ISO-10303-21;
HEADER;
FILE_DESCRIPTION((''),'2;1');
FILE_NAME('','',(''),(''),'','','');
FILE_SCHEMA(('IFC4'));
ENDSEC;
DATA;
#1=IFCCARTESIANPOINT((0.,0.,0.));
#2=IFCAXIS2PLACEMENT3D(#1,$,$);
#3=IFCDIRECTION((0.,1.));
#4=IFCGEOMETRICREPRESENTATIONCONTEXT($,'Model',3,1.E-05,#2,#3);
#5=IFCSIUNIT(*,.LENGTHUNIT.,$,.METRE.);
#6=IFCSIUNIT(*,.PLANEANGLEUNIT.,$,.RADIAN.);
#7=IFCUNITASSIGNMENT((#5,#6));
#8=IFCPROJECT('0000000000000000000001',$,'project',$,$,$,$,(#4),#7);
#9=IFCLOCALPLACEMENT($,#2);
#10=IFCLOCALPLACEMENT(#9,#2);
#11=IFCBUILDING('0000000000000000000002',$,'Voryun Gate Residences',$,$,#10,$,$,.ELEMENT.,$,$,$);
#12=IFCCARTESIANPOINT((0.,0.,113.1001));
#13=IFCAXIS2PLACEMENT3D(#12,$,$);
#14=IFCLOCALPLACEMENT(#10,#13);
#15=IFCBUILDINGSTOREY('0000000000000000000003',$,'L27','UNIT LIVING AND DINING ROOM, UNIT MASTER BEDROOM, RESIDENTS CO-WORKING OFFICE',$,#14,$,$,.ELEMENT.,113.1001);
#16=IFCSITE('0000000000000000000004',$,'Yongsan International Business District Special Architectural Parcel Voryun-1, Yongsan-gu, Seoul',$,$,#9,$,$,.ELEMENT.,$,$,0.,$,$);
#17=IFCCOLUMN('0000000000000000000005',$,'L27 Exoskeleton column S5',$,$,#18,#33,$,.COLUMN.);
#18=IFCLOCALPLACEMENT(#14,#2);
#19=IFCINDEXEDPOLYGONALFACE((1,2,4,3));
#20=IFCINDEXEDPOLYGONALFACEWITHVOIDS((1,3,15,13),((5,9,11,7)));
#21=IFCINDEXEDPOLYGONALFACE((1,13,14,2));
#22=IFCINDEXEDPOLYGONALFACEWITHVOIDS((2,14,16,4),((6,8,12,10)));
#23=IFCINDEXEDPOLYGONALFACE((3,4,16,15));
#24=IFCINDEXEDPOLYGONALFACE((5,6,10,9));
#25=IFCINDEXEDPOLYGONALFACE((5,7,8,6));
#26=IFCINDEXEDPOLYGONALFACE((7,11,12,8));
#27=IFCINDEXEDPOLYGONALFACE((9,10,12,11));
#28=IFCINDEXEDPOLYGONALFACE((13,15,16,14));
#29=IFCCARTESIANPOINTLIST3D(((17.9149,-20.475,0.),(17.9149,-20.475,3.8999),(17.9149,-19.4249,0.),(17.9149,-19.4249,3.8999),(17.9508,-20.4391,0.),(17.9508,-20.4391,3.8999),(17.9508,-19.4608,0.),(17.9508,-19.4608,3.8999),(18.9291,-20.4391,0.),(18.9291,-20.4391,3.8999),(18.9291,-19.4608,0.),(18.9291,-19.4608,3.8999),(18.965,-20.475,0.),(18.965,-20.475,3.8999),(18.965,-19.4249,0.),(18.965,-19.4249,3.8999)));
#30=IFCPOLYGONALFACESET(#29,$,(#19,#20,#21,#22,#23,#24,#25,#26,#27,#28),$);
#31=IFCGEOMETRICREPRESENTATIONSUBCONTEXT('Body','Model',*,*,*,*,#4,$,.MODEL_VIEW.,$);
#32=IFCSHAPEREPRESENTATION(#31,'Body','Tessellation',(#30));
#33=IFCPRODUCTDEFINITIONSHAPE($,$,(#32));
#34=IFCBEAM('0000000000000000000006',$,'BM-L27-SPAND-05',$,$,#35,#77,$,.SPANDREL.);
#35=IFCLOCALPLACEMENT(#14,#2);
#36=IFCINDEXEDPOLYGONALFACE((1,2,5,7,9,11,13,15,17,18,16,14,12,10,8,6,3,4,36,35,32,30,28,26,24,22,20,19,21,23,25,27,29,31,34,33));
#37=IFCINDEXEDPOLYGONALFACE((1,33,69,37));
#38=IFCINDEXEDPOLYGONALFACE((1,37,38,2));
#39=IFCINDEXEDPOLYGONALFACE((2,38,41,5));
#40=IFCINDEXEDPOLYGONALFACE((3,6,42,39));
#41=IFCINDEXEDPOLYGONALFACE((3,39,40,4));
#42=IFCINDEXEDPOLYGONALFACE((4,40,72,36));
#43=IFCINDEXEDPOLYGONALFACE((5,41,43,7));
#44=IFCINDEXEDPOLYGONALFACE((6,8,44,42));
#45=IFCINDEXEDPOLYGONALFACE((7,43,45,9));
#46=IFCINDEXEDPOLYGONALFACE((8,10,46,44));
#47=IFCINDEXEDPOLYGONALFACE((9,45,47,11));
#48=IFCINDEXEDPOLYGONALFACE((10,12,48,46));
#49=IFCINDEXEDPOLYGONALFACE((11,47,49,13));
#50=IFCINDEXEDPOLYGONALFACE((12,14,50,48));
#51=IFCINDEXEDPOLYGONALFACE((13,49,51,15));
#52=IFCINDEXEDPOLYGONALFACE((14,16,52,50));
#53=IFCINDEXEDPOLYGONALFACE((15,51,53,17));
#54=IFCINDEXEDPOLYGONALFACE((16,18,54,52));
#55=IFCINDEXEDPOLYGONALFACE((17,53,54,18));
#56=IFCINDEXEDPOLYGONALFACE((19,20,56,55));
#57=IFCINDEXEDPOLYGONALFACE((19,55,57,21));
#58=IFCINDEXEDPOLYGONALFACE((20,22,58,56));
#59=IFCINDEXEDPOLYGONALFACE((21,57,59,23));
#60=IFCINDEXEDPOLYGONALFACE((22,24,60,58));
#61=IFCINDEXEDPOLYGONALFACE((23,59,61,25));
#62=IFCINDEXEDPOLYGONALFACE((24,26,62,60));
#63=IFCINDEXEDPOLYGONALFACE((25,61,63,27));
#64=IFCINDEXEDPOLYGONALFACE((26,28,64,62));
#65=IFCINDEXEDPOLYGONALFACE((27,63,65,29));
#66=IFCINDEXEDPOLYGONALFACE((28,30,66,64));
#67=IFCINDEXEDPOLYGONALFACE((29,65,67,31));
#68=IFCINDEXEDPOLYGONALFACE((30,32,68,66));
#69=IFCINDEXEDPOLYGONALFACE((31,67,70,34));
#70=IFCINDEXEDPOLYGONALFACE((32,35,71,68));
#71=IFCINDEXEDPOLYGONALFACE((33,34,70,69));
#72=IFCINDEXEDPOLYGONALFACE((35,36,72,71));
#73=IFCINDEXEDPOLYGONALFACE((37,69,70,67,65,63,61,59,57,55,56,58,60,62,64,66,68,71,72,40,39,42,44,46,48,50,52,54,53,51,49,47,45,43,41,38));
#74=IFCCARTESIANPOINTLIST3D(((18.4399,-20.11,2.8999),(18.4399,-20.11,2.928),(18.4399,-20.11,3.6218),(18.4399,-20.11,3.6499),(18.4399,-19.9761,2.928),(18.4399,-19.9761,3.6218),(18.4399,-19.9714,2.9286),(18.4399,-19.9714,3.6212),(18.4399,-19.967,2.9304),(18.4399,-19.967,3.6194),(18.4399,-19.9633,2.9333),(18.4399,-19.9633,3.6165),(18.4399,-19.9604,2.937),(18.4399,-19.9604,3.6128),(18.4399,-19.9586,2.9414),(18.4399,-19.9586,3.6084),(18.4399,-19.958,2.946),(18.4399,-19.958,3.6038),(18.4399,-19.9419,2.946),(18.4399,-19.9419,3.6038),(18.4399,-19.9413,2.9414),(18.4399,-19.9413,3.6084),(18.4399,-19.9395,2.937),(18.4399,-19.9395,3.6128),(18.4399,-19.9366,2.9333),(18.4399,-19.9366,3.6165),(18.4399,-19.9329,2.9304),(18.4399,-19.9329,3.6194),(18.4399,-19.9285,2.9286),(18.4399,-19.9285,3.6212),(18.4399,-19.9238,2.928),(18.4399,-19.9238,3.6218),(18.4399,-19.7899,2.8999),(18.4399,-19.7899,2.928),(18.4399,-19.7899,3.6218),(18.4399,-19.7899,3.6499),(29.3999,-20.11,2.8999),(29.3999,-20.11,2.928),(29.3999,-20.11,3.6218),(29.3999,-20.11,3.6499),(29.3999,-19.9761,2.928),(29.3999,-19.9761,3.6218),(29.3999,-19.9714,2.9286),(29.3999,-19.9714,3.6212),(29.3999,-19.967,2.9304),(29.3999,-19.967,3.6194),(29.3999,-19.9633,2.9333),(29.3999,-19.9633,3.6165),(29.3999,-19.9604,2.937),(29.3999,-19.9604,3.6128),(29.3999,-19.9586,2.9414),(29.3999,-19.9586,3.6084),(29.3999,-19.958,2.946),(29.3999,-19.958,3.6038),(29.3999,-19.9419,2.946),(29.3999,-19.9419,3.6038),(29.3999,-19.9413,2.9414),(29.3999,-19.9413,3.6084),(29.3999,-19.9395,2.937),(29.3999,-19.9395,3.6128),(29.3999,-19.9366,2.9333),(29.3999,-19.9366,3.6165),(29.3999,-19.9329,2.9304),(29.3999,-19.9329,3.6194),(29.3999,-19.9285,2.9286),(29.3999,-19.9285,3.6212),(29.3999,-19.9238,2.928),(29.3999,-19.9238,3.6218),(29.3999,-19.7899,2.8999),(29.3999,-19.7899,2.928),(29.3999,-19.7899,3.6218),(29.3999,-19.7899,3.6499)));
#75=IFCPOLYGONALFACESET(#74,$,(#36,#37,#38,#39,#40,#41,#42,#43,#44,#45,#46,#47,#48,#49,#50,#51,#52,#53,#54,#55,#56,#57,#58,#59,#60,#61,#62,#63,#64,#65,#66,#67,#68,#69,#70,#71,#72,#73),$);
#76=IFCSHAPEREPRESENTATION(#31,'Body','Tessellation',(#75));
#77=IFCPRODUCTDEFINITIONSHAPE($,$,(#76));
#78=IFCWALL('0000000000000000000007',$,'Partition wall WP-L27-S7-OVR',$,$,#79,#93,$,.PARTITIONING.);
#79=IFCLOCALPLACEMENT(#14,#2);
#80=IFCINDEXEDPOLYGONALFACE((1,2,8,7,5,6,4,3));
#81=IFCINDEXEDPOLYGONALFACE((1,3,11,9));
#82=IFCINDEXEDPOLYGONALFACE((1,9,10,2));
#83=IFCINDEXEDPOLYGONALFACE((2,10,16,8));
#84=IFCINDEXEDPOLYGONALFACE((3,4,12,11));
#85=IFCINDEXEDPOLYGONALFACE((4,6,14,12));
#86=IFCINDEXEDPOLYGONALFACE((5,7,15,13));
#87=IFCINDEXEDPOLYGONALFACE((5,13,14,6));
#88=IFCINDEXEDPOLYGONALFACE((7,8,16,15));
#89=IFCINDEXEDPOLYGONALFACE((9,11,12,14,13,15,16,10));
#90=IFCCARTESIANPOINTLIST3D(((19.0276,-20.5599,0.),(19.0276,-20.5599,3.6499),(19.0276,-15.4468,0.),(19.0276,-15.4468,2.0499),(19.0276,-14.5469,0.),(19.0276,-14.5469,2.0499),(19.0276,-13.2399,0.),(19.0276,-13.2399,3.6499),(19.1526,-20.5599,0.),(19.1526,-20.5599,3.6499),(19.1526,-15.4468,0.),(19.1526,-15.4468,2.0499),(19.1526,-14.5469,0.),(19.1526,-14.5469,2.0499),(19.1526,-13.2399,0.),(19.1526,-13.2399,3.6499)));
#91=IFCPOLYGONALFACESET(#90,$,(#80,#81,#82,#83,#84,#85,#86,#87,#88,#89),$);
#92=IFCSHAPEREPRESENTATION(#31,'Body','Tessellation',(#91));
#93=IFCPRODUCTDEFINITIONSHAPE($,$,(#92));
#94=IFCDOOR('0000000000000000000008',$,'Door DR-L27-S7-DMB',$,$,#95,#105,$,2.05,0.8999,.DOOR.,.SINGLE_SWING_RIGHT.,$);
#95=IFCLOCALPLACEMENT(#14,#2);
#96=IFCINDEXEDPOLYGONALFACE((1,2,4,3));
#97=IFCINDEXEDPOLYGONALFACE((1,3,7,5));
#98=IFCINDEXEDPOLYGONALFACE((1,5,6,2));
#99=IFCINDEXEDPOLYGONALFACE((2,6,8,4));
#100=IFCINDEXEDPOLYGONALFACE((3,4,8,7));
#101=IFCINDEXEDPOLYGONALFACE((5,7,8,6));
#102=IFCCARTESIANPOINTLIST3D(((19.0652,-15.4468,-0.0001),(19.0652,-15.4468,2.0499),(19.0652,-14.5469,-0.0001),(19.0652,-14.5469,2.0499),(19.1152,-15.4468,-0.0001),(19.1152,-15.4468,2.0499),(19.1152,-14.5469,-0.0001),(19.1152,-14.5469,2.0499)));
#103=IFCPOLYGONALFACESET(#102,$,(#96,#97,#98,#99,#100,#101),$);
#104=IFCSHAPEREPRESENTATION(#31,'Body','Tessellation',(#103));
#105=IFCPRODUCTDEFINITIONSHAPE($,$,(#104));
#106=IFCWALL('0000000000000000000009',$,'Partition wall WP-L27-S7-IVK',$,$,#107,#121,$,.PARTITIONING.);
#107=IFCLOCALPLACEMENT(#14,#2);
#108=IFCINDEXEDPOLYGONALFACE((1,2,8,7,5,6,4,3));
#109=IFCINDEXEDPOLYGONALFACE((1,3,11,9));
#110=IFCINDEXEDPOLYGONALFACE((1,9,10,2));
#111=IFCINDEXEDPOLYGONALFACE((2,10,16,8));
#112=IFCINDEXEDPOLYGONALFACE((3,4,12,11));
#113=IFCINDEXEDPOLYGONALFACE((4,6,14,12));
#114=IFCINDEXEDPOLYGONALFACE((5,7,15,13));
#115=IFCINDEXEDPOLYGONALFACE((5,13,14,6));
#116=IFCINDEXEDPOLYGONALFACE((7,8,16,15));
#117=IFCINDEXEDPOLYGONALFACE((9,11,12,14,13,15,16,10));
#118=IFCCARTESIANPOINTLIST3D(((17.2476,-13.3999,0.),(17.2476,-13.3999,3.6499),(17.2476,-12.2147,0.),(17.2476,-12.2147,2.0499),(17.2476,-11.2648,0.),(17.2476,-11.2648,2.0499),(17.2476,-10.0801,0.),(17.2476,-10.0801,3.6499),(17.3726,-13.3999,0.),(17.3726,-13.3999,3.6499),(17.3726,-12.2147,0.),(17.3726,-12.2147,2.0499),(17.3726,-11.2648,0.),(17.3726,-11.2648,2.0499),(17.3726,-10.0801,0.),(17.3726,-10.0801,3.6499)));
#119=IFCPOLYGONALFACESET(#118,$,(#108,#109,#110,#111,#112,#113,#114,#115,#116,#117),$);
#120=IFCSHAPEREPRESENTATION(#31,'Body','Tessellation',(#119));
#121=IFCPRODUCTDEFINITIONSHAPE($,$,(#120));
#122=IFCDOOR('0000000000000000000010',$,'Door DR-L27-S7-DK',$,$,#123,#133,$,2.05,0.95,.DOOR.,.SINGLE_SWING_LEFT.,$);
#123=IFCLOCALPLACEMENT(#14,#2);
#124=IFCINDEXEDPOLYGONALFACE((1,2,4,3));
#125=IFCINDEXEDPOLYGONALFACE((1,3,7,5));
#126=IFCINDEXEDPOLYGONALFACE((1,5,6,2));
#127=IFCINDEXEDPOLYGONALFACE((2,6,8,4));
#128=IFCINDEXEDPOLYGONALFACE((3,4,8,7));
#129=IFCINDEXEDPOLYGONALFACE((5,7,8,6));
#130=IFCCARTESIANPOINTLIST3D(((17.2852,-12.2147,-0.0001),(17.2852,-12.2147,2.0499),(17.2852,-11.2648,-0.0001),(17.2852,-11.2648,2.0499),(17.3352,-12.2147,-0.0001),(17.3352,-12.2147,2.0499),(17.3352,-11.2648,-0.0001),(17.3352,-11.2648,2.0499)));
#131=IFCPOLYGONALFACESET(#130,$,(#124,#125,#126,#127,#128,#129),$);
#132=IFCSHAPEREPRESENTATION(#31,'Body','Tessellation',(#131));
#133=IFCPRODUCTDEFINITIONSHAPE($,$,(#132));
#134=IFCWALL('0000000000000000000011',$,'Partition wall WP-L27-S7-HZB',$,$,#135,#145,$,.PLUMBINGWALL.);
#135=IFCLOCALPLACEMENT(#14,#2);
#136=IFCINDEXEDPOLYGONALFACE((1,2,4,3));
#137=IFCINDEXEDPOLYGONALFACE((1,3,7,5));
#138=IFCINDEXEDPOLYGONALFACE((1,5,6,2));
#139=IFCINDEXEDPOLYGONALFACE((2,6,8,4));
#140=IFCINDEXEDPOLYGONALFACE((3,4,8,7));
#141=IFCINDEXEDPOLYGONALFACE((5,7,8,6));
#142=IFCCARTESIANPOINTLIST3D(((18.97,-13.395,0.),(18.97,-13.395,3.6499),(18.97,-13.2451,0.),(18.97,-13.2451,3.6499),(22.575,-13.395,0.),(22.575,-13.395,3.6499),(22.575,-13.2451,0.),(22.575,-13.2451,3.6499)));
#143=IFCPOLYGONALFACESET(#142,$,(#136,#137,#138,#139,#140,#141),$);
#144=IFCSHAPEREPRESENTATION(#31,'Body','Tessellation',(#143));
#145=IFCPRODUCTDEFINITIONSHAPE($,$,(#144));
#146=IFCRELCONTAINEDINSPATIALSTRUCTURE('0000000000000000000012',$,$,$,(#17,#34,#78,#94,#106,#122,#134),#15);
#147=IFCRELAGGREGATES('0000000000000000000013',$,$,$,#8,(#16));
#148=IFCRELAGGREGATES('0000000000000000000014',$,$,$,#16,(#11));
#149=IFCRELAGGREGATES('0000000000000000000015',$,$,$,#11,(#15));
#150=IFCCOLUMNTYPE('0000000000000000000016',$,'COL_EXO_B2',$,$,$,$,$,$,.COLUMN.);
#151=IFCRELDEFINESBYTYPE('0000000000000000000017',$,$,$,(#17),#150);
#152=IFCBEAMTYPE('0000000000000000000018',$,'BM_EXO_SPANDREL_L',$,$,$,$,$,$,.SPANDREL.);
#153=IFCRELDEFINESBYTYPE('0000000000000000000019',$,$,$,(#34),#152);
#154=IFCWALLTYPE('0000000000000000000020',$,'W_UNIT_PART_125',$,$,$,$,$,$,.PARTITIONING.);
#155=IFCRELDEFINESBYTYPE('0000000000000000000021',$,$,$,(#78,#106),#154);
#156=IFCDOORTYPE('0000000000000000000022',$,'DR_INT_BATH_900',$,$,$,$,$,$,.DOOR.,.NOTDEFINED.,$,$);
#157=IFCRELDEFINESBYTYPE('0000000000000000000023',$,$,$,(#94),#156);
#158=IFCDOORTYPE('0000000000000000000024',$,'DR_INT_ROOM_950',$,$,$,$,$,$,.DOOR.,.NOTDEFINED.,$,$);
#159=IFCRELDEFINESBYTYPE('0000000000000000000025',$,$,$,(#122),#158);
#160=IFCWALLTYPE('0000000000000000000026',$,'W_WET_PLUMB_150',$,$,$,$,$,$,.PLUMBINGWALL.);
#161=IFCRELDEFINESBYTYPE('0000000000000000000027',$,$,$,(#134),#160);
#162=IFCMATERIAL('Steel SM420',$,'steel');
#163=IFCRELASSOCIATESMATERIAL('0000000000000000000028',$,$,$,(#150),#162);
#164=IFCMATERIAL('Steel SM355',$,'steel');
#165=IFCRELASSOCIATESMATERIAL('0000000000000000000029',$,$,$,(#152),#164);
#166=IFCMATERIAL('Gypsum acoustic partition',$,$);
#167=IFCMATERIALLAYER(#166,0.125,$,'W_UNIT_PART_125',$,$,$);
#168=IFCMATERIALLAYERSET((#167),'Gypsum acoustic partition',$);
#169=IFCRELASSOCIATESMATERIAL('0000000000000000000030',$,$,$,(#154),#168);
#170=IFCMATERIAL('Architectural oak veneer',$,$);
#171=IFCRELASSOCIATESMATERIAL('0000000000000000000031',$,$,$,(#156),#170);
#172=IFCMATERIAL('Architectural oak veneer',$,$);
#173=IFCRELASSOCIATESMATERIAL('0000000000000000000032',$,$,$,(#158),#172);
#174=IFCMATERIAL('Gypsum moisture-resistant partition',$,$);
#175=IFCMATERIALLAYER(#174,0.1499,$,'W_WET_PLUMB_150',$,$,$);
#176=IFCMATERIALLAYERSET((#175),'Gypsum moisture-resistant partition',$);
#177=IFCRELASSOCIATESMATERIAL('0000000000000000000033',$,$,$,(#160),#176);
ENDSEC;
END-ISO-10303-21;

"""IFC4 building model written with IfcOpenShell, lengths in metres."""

from ifc_helpers import new_model, si_unit, direction, frame, frame_2d, origin, origin_2d, place, context, subcontext, project, spatial, rectangle, hollow_rectangle, i_section, extrude, material, layer, layer_set, material_profile, profile_set, type_object, element, fill, save


model = new_model("IFC4")

# Units and contexts
model_context = context("Model", 3, precision=1e-05, world=origin(), true_north=direction((0.0, 1.0)))
body_context = subcontext(model_context, "Body", "Model", "MODEL_VIEW")
ifc_project = project(units=[si_unit("LENGTHUNIT", "METRE"), si_unit("PLANEANGLEUNIT", "RADIAN")], contexts=[model_context])

# Site, building, storey
site_placement = place(None, origin())
site = spatial("IfcSite", under=ifc_project, at=site_placement, Name="Yongsan International Business District Special Architectural Parcel Voryun-1, Yongsan-gu, Seoul", CompositionType="ELEMENT", RefElevation=0.0)
building_placement = place(site_placement, origin())
building = spatial("IfcBuilding", under=site, at=building_placement, Name="Voryun Gate Residences", CompositionType="ELEMENT")
storey_placement = place(building_placement, frame((0.0, 0.0, 113.1001)))
storey = spatial("IfcBuildingStorey", under=building, at=storey_placement, Name="L27", Description="UNIT LIVING AND DINING ROOM, UNIT MASTER BEDROOM, RESIDENTS CO-WORKING OFFICE", CompositionType="ELEMENT", Elevation=113.1001)

# Column
ifc_material_1 = material(Name="Steel SM420", Category="steel")
ifc_material_profile_1 = material_profile(ifc_material_1, hollow_rectangle(XDim=1.05, YDim=1.05, WallThickness=0.0359, at=origin_2d()), Name="BOX-1050x1050x36")
ifc_profile_set_1 = profile_set([ifc_material_profile_1], Name="Steel SM420")
column_type = type_object("IfcColumnType", Name="COL_EXO_B2", PredefinedType="COLUMN", material=ifc_profile_set_1)
column_placement = place(storey_placement, frame((18.4399, -19.95, 0.0), z_axis=(0.0, 0.0, 1.0), x_axis=(1.0, 0.0, 0.0)))
element("IfcColumn", 1, at=column_placement, inside=storey, type_object=column_type, Name="L27 Exoskeleton column S5", PredefinedType="COLUMN", context=body_context, shape_type="SweptSolid", body=[
    extrude(hollow_rectangle(XDim=1.05, YDim=1.05, WallThickness=0.0359, at=origin_2d()), origin(), (0.0, 0.0, 1.0), 3.8999),
])

# Beam
ifc_material_2 = material(Name="Steel SM355", Category="steel")
ifc_material_profile_2 = material_profile(ifc_material_2, i_section(OverallWidth=0.3201, OverallDepth=0.75, WebThickness=0.0161, FlangeThickness=0.0281, FilletRadius=0.0181, at=origin_2d()), Name="H-750x320x16x28")
ifc_profile_set_2 = profile_set([ifc_material_profile_2], Name="Steel SM355")
beam_type = type_object("IfcBeamType", Name="BM_EXO_SPANDREL_L", PredefinedType="SPANDREL", material=ifc_profile_set_2)
beam_placement = place(storey_placement, frame((18.4399, -19.95, 3.2749), z_axis=(1.0, 0.0, 0.0), x_axis=(0.0, 1.0, 0.0)))
element("IfcBeam", 2, at=beam_placement, inside=storey, type_object=beam_type, Name="BM-L27-SPAND-05", PredefinedType="SPANDREL", context=body_context, shape_type="SweptSolid", body=[
    extrude(i_section(OverallWidth=0.3201, OverallDepth=0.75, WebThickness=0.0161, FlangeThickness=0.0281, FilletRadius=0.0181, at=origin_2d()), origin(), (0.0, 0.0, 1.0), 10.96),
])

# Walls, openings, doors
ifc_material_3 = material(Name="Gypsum acoustic partition")
ifc_layer_1 = layer(ifc_material_3, 0.125, Name="W_UNIT_PART_125")
ifc_layer_set_1 = layer_set([ifc_layer_1], Name="Gypsum acoustic partition")
wall_type_1 = type_object("IfcWallType", Name="W_UNIT_PART_125", PredefinedType="PARTITIONING", material=ifc_layer_set_1)
wall_1_placement = place(storey_placement, frame((19.0901, -20.5601, 0.0), z_axis=(0.0, 0.0, 1.0), x_axis=(0.0, 1.0, 0.0)))
wall_1 = element("IfcWall", 3, at=wall_1_placement, inside=storey, type_object=wall_type_1, Name="Partition wall WP-L27-S7-OVR", PredefinedType="PARTITIONING", context=body_context, shape_type="SweptSolid", body=[
    extrude(rectangle(XDim=7.3201, YDim=0.125, at=frame_2d((3.6602, 0.0))), origin(), (0.0, 0.0, 1.0), 3.6499),
])
opening_1_placement = place(wall_1_placement, frame((5.1133, 0.0, 0.0)))
opening_1 = element("IfcOpeningElement", 4, at=opening_1_placement, cuts=wall_1, PredefinedType="OPENING", context=body_context, shape_type="SweptSolid", body=[
    extrude(rectangle(XDim=0.8999, YDim=2.05, at=frame_2d((0.45, 1.0249))), frame((0.0, 0.0725, 0.0), z_axis=(0.0, -1.0, 0.0), x_axis=(1.0, 0.0, 0.0)), (0.0, 0.0, 1.0), 0.145),
])
ifc_material_4 = material(Name="Architectural oak veneer")
door_type_1 = type_object("IfcDoorType", Name="DR_INT_BATH_900", OperationType="NOTDEFINED", PredefinedType="DOOR", material=ifc_material_4)
door_1_placement = place(opening_1_placement, origin())
door_1 = element("IfcDoor", 5, at=door_1_placement, inside=storey, type_object=door_type_1, Name="Door DR-L27-S7-DMB", OperationType="SINGLE_SWING_RIGHT", OverallHeight=2.05, OverallWidth=0.8999, PredefinedType="DOOR", context=body_context, shape_type="SweptSolid", body=[
    extrude(rectangle(XDim=0.8999, YDim=2.05, at=frame_2d((0.45, 1.0249))), frame((0.0, 0.0249, 0.0), z_axis=(0.0, -1.0, 0.0), x_axis=(1.0, 0.0, 0.0)), (0.0, 0.0, 1.0), 0.05),
])
fill(opening_1, door_1)
wall_2_placement = place(storey_placement, frame((17.3101, -13.3999, 0.0), z_axis=(0.0, 0.0, 1.0), x_axis=(0.0, 1.0, 0.0)))
wall_2 = element("IfcWall", 6, at=wall_2_placement, inside=storey, type_object=wall_type_1, Name="Partition wall WP-L27-S7-IVK", PredefinedType="PARTITIONING", context=body_context, shape_type="SweptSolid", body=[
    extrude(rectangle(XDim=3.3198, YDim=0.125, at=frame_2d((1.6599, 0.0))), origin(), (0.0, 0.0, 1.0), 3.6499),
])
opening_2_placement = place(wall_2_placement, frame((1.1851, 0.0, 0.0)))
opening_2 = element("IfcOpeningElement", 7, at=opening_2_placement, cuts=wall_2, PredefinedType="OPENING", context=body_context, shape_type="SweptSolid", body=[
    extrude(rectangle(XDim=0.95, YDim=2.05, at=frame_2d((0.4751, 1.0249))), frame((0.0, 0.0725, 0.0), z_axis=(0.0, -1.0, 0.0), x_axis=(1.0, 0.0, 0.0)), (0.0, 0.0, 1.0), 0.145),
])
ifc_material_5 = material(Name="Architectural oak veneer")
door_type_2 = type_object("IfcDoorType", Name="DR_INT_ROOM_950", OperationType="NOTDEFINED", PredefinedType="DOOR", material=ifc_material_5)
door_2_placement = place(opening_2_placement, origin())
door_2 = element("IfcDoor", 8, at=door_2_placement, inside=storey, type_object=door_type_2, Name="Door DR-L27-S7-DK", OperationType="SINGLE_SWING_LEFT", OverallHeight=2.05, OverallWidth=0.95, PredefinedType="DOOR", context=body_context, shape_type="SweptSolid", body=[
    extrude(rectangle(XDim=0.95, YDim=2.05, at=frame_2d((0.4751, 1.0249))), frame((0.0, 0.0249, 0.0), z_axis=(0.0, -1.0, 0.0), x_axis=(1.0, 0.0, 0.0)), (0.0, 0.0, 1.0), 0.05),
])
fill(opening_2, door_2)

# Wall
ifc_material_6 = material(Name="Gypsum moisture-resistant partition")
ifc_layer_2 = layer(ifc_material_6, 0.1499, Name="W_WET_PLUMB_150")
ifc_layer_set_2 = layer_set([ifc_layer_2], Name="Gypsum moisture-resistant partition")
wall_type_2 = type_object("IfcWallType", Name="W_WET_PLUMB_150", PredefinedType="PLUMBINGWALL", material=ifc_layer_set_2)
wall_3_placement = place(storey_placement, frame((18.97, -13.3201, 0.0), z_axis=(0.0, 0.0, 1.0), x_axis=(1.0, 0.0, 0.0)))
element("IfcWall", 9, at=wall_3_placement, inside=storey, type_object=wall_type_2, Name="Partition wall WP-L27-S7-HZB", PredefinedType="PLUMBINGWALL", context=body_context, shape_type="SweptSolid", body=[
    extrude(rectangle(XDim=3.605, YDim=0.1499, at=frame_2d((1.8025, 0.0))), origin(), (0.0, 0.0, 1.0), 3.6499),
])

save(model, "model.ifc")
